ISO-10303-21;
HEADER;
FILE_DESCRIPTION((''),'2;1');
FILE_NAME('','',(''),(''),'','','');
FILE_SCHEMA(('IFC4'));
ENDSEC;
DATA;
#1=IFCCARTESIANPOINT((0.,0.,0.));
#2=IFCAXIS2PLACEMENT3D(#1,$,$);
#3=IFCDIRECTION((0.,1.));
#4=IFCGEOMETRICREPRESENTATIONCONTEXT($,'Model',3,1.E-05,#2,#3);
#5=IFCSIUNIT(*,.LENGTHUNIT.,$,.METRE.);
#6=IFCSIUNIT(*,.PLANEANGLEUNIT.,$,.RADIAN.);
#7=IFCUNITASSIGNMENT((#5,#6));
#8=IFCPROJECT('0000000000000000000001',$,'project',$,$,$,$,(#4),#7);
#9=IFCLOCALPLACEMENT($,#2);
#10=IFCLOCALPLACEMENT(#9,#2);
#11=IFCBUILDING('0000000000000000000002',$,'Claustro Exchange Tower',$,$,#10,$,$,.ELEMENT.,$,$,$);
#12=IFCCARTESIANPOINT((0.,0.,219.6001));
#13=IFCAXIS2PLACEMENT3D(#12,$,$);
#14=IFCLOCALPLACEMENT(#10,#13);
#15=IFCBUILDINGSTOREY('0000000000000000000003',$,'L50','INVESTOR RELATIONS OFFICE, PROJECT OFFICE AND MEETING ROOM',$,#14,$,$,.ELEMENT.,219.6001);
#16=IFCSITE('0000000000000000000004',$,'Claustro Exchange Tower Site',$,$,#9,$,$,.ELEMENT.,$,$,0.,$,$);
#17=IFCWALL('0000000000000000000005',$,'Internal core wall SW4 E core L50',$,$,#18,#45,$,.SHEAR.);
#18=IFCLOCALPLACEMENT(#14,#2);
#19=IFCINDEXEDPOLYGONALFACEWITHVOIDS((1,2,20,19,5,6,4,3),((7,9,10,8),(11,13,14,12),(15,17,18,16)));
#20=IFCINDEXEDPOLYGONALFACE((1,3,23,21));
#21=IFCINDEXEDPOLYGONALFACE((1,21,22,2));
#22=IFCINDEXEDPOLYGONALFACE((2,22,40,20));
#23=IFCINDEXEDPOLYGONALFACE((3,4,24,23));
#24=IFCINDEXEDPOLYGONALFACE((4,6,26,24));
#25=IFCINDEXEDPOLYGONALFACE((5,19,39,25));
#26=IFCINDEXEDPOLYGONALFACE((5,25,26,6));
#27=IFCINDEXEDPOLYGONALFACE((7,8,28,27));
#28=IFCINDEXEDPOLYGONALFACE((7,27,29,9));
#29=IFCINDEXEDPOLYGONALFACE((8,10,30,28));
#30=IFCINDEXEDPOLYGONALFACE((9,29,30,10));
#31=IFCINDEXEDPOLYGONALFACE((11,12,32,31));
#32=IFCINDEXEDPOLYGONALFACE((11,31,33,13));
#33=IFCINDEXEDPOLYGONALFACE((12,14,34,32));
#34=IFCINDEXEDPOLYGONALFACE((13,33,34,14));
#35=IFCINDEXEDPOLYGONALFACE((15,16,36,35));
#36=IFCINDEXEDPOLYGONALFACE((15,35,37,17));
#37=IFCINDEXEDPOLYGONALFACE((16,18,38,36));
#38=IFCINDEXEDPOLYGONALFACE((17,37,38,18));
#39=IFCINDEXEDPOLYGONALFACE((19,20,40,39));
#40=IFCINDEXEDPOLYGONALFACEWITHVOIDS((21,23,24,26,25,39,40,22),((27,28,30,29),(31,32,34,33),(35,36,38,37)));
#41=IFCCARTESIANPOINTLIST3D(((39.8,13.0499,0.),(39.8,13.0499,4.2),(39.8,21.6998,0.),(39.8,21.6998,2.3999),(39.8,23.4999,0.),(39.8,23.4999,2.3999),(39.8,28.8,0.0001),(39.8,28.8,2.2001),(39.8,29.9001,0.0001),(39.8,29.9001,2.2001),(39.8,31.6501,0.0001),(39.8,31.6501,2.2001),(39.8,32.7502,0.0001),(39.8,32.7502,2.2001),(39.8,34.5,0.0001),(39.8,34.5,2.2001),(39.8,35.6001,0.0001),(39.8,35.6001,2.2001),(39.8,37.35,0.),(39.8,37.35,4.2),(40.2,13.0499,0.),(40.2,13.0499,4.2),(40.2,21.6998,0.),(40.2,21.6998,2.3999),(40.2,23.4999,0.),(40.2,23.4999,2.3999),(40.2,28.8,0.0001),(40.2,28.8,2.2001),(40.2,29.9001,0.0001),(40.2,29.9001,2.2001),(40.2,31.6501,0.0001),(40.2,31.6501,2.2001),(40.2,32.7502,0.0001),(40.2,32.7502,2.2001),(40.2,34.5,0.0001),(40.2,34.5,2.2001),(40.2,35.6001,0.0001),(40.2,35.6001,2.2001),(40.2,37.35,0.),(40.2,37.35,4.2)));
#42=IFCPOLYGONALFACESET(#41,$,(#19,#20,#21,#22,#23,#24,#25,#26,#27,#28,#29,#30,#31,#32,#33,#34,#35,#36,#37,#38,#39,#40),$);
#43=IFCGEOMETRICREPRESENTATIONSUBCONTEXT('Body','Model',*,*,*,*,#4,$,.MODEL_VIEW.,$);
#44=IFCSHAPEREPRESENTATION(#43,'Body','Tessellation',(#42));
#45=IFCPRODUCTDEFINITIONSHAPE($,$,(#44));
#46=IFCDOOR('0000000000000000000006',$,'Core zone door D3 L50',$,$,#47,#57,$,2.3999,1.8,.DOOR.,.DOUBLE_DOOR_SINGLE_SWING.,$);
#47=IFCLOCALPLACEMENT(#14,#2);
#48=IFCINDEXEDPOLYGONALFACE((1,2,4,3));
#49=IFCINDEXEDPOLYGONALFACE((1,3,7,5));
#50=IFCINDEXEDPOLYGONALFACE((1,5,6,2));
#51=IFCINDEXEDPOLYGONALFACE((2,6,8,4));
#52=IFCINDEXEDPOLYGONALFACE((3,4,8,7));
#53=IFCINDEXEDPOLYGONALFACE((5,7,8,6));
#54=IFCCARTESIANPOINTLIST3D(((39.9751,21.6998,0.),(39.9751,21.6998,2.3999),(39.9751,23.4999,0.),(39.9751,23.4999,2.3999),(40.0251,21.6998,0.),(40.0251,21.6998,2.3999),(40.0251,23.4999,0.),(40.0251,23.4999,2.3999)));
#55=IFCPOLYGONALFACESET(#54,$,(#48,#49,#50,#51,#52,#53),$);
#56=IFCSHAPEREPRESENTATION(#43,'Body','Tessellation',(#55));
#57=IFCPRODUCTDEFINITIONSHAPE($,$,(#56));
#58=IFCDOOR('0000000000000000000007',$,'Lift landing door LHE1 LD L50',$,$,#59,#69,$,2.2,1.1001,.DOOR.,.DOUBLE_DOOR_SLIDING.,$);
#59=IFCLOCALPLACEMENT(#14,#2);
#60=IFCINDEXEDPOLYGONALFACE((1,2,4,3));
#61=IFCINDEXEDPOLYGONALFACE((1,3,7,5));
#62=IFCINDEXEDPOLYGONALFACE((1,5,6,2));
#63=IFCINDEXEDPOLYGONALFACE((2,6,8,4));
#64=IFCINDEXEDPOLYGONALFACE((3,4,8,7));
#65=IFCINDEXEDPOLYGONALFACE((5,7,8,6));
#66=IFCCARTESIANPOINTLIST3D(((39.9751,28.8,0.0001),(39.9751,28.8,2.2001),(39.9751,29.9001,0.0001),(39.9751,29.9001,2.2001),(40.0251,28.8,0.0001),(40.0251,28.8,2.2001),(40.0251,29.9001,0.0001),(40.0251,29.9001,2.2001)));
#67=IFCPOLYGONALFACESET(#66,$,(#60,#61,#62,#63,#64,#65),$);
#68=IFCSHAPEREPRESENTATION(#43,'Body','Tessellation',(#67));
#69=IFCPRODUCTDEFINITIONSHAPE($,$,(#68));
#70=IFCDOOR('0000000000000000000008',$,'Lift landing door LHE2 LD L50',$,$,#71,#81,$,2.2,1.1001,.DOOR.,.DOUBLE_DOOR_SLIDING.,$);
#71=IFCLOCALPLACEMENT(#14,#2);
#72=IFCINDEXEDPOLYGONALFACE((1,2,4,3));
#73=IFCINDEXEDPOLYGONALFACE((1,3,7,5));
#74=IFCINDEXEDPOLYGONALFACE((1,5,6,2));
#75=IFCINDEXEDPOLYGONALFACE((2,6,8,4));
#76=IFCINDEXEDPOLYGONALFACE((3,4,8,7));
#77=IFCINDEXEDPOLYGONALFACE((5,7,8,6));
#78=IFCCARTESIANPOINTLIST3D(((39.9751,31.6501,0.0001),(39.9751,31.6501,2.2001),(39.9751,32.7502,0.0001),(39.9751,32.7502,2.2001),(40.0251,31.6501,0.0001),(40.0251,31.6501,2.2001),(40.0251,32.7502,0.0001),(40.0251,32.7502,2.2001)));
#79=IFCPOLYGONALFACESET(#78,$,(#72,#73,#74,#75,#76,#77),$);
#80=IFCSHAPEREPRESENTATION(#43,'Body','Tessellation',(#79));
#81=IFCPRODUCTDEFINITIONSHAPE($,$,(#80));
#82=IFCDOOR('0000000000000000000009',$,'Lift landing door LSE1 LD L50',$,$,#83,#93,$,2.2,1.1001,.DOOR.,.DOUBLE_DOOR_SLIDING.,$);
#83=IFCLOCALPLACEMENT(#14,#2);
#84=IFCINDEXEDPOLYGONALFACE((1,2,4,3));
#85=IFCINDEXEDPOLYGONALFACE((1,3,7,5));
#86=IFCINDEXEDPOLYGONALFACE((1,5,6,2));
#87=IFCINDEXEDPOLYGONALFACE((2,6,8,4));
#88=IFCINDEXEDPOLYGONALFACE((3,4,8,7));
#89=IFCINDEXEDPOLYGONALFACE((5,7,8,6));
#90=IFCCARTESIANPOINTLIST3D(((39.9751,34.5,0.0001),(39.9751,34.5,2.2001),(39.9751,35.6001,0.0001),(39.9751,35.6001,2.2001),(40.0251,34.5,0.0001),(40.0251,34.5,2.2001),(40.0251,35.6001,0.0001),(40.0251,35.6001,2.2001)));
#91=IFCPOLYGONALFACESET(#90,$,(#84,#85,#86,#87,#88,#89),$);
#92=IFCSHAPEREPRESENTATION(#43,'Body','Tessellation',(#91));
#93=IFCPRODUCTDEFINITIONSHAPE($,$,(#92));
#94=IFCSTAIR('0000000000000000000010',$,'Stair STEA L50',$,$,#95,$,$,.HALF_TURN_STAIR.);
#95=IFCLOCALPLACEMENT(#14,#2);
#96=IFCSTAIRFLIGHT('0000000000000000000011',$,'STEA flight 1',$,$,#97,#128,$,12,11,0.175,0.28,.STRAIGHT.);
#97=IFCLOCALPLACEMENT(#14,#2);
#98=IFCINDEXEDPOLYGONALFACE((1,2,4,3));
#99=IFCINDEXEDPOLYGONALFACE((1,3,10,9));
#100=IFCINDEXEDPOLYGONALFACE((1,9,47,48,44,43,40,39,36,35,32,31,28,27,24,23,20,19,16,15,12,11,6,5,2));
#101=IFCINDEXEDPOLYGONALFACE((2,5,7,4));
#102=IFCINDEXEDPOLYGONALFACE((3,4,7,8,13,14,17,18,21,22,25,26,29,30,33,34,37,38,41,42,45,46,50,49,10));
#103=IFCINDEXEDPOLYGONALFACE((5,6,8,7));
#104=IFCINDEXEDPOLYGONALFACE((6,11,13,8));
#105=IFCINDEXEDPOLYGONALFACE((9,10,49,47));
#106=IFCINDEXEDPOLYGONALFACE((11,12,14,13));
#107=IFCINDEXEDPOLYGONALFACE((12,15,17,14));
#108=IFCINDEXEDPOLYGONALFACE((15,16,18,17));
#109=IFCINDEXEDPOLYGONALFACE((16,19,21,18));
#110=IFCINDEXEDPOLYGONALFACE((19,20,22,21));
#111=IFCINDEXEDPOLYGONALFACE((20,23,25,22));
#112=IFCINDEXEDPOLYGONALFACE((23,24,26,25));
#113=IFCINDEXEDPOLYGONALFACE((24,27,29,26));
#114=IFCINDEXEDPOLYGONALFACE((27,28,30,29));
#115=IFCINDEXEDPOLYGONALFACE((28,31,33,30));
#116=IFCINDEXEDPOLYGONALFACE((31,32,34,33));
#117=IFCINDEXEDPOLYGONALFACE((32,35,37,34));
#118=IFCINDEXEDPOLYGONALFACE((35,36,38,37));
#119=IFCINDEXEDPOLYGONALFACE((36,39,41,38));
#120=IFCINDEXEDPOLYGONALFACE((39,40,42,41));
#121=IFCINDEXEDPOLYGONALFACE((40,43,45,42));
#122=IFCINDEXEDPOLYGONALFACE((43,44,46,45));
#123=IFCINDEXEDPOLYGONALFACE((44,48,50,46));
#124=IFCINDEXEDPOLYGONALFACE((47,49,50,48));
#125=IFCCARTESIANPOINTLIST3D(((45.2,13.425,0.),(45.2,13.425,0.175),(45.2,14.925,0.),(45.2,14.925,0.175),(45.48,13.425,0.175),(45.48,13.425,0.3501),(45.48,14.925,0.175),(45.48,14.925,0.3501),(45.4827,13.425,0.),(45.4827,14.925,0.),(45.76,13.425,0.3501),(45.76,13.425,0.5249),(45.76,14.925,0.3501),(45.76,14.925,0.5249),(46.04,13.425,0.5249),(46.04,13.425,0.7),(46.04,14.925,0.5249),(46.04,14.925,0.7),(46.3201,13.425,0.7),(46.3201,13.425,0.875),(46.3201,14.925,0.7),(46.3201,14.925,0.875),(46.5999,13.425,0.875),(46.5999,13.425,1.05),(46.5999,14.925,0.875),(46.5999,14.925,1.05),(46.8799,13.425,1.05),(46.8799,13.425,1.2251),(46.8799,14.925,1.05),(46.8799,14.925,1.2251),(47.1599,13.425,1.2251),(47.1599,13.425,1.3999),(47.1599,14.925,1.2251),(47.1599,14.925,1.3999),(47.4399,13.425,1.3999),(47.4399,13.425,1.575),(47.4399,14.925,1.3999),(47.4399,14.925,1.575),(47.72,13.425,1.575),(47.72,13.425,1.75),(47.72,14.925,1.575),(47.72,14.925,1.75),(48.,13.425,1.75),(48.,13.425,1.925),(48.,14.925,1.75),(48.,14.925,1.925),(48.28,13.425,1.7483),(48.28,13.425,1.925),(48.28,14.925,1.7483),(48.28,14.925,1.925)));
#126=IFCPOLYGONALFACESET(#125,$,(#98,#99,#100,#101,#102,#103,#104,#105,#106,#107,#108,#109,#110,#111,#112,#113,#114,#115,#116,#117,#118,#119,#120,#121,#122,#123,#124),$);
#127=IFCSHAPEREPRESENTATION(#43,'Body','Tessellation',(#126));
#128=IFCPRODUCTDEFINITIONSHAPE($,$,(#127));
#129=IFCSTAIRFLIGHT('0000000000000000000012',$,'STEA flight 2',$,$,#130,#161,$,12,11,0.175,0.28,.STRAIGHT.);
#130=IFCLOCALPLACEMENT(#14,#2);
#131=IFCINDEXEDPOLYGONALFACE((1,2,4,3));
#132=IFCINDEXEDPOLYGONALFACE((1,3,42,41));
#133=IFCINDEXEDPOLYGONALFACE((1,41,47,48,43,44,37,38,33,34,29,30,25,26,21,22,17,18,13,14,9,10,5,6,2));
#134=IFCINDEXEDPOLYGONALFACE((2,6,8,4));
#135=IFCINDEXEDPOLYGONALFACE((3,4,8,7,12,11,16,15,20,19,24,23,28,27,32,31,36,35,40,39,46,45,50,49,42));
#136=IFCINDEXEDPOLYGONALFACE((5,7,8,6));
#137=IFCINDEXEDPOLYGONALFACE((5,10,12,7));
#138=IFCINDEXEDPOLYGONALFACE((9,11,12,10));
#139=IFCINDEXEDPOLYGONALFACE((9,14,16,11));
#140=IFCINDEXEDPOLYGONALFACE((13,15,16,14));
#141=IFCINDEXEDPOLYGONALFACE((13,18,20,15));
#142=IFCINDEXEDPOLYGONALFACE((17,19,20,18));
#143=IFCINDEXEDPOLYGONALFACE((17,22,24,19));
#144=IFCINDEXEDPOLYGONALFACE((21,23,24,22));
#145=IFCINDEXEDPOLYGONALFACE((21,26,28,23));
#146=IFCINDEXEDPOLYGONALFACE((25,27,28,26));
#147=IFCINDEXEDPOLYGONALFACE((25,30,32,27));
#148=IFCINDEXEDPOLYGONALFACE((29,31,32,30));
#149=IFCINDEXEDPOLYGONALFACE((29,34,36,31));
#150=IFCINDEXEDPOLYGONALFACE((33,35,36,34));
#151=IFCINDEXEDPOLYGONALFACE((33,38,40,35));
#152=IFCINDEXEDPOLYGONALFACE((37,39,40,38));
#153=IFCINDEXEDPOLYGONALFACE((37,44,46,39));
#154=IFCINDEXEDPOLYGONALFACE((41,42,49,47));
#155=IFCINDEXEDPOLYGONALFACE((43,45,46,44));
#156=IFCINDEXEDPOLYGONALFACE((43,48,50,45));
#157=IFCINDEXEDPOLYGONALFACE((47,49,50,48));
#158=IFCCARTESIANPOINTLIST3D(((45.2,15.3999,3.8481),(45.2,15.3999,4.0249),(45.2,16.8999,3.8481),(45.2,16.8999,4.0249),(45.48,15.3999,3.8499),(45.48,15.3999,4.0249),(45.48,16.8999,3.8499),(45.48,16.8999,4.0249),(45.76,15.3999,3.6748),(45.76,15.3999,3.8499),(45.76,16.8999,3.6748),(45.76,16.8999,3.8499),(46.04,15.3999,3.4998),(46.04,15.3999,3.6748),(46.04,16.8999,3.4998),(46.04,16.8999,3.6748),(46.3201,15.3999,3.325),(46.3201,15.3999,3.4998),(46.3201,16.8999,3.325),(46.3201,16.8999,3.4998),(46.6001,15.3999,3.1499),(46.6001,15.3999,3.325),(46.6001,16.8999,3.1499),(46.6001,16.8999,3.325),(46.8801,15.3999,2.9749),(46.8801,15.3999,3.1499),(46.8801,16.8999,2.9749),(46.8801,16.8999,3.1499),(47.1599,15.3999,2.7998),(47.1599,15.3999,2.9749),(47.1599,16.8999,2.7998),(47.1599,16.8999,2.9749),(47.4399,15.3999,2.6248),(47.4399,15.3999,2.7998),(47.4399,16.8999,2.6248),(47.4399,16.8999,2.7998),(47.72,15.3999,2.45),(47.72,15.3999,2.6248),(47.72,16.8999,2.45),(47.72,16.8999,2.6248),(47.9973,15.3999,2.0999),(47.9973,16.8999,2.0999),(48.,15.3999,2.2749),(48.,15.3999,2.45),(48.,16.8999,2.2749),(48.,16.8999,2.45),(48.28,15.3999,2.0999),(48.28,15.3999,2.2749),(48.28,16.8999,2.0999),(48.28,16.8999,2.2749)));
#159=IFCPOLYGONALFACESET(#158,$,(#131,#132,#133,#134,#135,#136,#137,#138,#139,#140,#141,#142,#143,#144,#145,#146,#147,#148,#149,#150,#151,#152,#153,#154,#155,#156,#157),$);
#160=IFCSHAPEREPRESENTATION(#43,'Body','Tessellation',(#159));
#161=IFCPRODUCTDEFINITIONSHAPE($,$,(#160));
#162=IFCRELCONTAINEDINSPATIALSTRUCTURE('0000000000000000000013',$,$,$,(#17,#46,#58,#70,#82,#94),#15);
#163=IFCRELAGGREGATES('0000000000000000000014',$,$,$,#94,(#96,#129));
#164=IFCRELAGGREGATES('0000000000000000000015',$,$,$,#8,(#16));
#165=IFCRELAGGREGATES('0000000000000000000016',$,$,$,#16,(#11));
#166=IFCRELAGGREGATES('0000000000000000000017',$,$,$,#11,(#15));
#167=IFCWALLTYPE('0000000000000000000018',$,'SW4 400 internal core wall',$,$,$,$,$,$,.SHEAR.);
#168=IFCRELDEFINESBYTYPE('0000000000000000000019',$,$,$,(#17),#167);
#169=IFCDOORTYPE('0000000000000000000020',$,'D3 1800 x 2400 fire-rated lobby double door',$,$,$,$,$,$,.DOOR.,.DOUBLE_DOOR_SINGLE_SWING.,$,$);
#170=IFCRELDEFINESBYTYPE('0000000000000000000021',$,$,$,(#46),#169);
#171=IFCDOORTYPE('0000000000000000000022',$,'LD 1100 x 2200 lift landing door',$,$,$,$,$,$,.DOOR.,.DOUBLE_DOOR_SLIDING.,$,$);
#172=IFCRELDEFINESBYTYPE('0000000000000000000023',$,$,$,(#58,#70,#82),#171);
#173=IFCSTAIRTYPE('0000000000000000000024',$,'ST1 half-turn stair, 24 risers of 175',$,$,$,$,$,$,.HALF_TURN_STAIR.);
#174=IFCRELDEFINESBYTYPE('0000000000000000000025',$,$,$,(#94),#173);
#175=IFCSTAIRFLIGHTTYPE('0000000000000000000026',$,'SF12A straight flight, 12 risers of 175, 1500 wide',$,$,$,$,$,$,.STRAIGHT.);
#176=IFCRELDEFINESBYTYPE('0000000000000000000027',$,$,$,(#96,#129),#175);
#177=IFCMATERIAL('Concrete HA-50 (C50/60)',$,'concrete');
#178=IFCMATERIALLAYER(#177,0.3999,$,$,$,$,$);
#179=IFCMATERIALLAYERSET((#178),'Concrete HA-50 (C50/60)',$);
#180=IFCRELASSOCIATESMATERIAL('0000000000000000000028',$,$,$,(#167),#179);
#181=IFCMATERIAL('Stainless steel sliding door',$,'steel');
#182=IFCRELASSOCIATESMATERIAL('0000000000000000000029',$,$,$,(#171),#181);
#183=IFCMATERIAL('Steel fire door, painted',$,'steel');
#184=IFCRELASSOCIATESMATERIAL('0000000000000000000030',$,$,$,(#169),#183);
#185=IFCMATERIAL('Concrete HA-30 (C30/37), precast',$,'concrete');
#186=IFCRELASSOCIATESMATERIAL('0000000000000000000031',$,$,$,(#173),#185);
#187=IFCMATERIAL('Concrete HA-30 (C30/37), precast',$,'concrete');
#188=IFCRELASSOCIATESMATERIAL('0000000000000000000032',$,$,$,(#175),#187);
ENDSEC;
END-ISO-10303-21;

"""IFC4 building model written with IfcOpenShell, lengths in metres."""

from ifc_helpers import new_model, si_unit, direction, frame, frame_2d, origin, place, context, subcontext, project, spatial, polyline, rectangle, outline, extrude, material, layer, layer_set, type_object, element, fill, aggregate, save


model = new_model("IFC4")

# Units and contexts
model_context = context("Model", 3, precision=1e-05, world=origin(), true_north=direction((0.0, 1.0)))
body_context = subcontext(model_context, "Body", "Model", "MODEL_VIEW")
ifc_project = project(units=[si_unit("LENGTHUNIT", "METRE"), si_unit("PLANEANGLEUNIT", "RADIAN")], contexts=[model_context])

# Site, building, storey
site_placement = place(None, origin())
site = spatial("IfcSite", under=ifc_project, at=site_placement, Name="Claustro Exchange Tower Site", CompositionType="ELEMENT", RefElevation=0.0)
building_placement = place(site_placement, origin())
building = spatial("IfcBuilding", under=site, at=building_placement, Name="Claustro Exchange Tower", CompositionType="ELEMENT")
storey_placement = place(building_placement, frame((0.0, 0.0, 219.6001)))
storey = spatial("IfcBuildingStorey", under=building, at=storey_placement, Name="L50", Description="INVESTOR RELATIONS OFFICE, PROJECT OFFICE AND MEETING ROOM", CompositionType="ELEMENT", Elevation=219.6001)

# Wall, openings, doors
ifc_material_1 = material(Name="Concrete HA-50 (C50/60)", Category="concrete")
ifc_layer_1 = layer(ifc_material_1, 0.3999)
ifc_layer_set_1 = layer_set([ifc_layer_1], Name="Concrete HA-50 (C50/60)")
wall_type_1 = type_object("IfcWallType", Name="SW4 400 internal core wall", PredefinedType="SHEAR", material=ifc_layer_set_1)
ifc_material_2 = material(Name="Stainless steel sliding door", Category="steel")
door_type_1 = type_object("IfcDoorType", Name="LD 1100 x 2200 lift landing door", OperationType="DOUBLE_DOOR_SLIDING", PredefinedType="DOOR", material=ifc_material_2)
wall_1_placement = place(storey_placement, frame((40.0, 13.05, 0.0), z_axis=(0.0, 0.0, 1.0), x_axis=(0.0, 1.0, 0.0)))
wall_1 = element("IfcWall", 1, at=wall_1_placement, inside=storey, type_object=wall_type_1, Name="Internal core wall SW4 E core L50", PredefinedType="SHEAR", context=body_context, shape_type="SweptSolid", body=[
    extrude(rectangle(XDim=24.3, YDim=0.3999, at=frame_2d((12.1499, 0.0))), origin(), (0.0, 0.0, 1.0), 4.2),
])
opening_1_placement = place(wall_1_placement, frame((15.75, 0.0, 0.0)))
opening_1 = element("IfcOpeningElement", 2, at=opening_1_placement, cuts=wall_1, PredefinedType="OPENING", context=body_context, shape_type="SweptSolid", body=[
    extrude(rectangle(XDim=1.1001, YDim=2.2, at=frame_2d((0.55, 1.1001))), frame((0.0, 0.21, 0.0), z_axis=(0.0, -1.0, 0.0), x_axis=(1.0, 0.0, 0.0)), (0.0, 0.0, 1.0), 0.4199),
])
opening_2_placement = place(wall_1_placement, frame((18.6001, 0.0, 0.0)))
opening_2 = element("IfcOpeningElement", 3, at=opening_2_placement, cuts=wall_1, PredefinedType="OPENING", context=body_context, shape_type="SweptSolid", body=[
    extrude(rectangle(XDim=1.1001, YDim=2.2, at=frame_2d((0.55, 1.1001))), frame((0.0, 0.21, 0.0), z_axis=(0.0, -1.0, 0.0), x_axis=(1.0, 0.0, 0.0)), (0.0, 0.0, 1.0), 0.4199),
])
opening_3_placement = place(wall_1_placement, frame((21.45, 0.0, 0.0)))
opening_3 = element("IfcOpeningElement", 4, at=opening_3_placement, cuts=wall_1, PredefinedType="OPENING", context=body_context, shape_type="SweptSolid", body=[
    extrude(rectangle(XDim=1.1001, YDim=2.2, at=frame_2d((0.55, 1.1001))), frame((0.0, 0.21, 0.0), z_axis=(0.0, -1.0, 0.0), x_axis=(1.0, 0.0, 0.0)), (0.0, 0.0, 1.0), 0.4199),
])
opening_4_placement = place(wall_1_placement, frame((8.6499, 0.0, 0.0)))
opening_4 = element("IfcOpeningElement", 5, at=opening_4_placement, cuts=wall_1, PredefinedType="OPENING", context=body_context, shape_type="SweptSolid", body=[
    extrude(rectangle(XDim=1.8, YDim=2.3999, at=frame_2d((0.8999, 1.2))), frame((0.0, 0.21, 0.0), z_axis=(0.0, -1.0, 0.0), x_axis=(1.0, 0.0, 0.0)), (0.0, 0.0, 1.0), 0.4199),
])
ifc_material_3 = material(Name="Steel fire door, painted", Category="steel")
door_type_2 = type_object("IfcDoorType", Name="D3 1800 x 2400 fire-rated lobby double door", OperationType="DOUBLE_DOOR_SINGLE_SWING", PredefinedType="DOOR", material=ifc_material_3)
door_1_placement = place(opening_4_placement, origin())
door_1 = element("IfcDoor", 6, at=door_1_placement, inside=storey, type_object=door_type_2, Name="Core zone door D3 L50", OperationType="DOUBLE_DOOR_SINGLE_SWING", OverallHeight=2.3999, OverallWidth=1.8, PredefinedType="DOOR", context=body_context, shape_type="SweptSolid", body=[
    extrude(rectangle(XDim=1.8, YDim=2.3999, at=frame_2d((0.8999, 1.2))), frame((0.0, 0.0249, 0.0), z_axis=(0.0, -1.0, 0.0), x_axis=(1.0, 0.0, 0.0)), (0.0, 0.0, 1.0), 0.05),
])
fill(opening_4, door_1)
door_2_placement = place(opening_1_placement, origin())
door_2 = element("IfcDoor", 7, at=door_2_placement, inside=storey, type_object=door_type_1, Name="Lift landing door LHE1 LD L50", OperationType="DOUBLE_DOOR_SLIDING", OverallHeight=2.2, OverallWidth=1.1001, PredefinedType="DOOR", context=body_context, shape_type="SweptSolid", body=[
    extrude(rectangle(XDim=1.1001, YDim=2.2, at=frame_2d((0.55, 1.1001))), frame((0.0, 0.0249, 0.0), z_axis=(0.0, -1.0, 0.0), x_axis=(1.0, 0.0, 0.0)), (0.0, 0.0, 1.0), 0.05),
])
fill(opening_1, door_2)
door_3_placement = place(opening_2_placement, origin())
door_3 = element("IfcDoor", 8, at=door_3_placement, inside=storey, type_object=door_type_1, Name="Lift landing door LHE2 LD L50", OperationType="DOUBLE_DOOR_SLIDING", OverallHeight=2.2, OverallWidth=1.1001, PredefinedType="DOOR", context=body_context, shape_type="SweptSolid", body=[
    extrude(rectangle(XDim=1.1001, YDim=2.2, at=frame_2d((0.55, 1.1001))), frame((0.0, 0.0249, 0.0), z_axis=(0.0, -1.0, 0.0), x_axis=(1.0, 0.0, 0.0)), (0.0, 0.0, 1.0), 0.05),
])
fill(opening_2, door_3)
door_4_placement = place(opening_3_placement, origin())
door_4 = element("IfcDoor", 9, at=door_4_placement, inside=storey, type_object=door_type_1, Name="Lift landing door LSE1 LD L50", OperationType="DOUBLE_DOOR_SLIDING", OverallHeight=2.2, OverallWidth=1.1001, PredefinedType="DOOR", context=body_context, shape_type="SweptSolid", body=[
    extrude(rectangle(XDim=1.1001, YDim=2.2, at=frame_2d((0.55, 1.1001))), frame((0.0, 0.0249, 0.0), z_axis=(0.0, -1.0, 0.0), x_axis=(1.0, 0.0, 0.0)), (0.0, 0.0, 1.0), 0.05),
])
fill(opening_3, door_4)

# Stair, stair flights
ifc_material_4 = material(Name="Concrete HA-30 (C30/37), precast", Category="concrete")
stair_type = type_object("IfcStairType", Name="ST1 half-turn stair, 24 risers of 175", PredefinedType="HALF_TURN_STAIR", material=ifc_material_4)
stair_placement = place(storey_placement, origin())
stair = element("IfcStair", 10, at=stair_placement, inside=storey, type_object=stair_type, Name="Stair STEA L50", PredefinedType="HALF_TURN_STAIR")
ifc_material_5 = material(Name="Concrete HA-30 (C30/37), precast", Category="concrete")
stair_flight_type = type_object("IfcStairFlightType", Name="SF12A straight flight, 12 risers of 175, 1500 wide", PredefinedType="STRAIGHT", material=ifc_material_5)
stair_flight_1_placement = place(storey_placement, frame((45.2, 14.175, 0.0), z_axis=(0.0, 0.0, 1.0), x_axis=(1.0, 0.0, 0.0)))
stair_flight_1 = element("IfcStairFlight", 11, at=stair_flight_1_placement, type_object=stair_flight_type, Name="STEA flight 1", NumberOfRisers=12, NumberOfTreads=11, PredefinedType="STRAIGHT", RiserHeight=0.175, TreadLength=0.28, context=body_context, shape_type="SweptSolid", body=[
    extrude(outline(polyline([(0.0, 0.0), (0.0, 0.175), (0.28, 0.175), (0.28, 0.3501), (0.5601, 0.3501), (0.5601, 0.5249), (0.8401, 0.5249), (0.8401, 0.7), (1.1201, 0.7), (1.1201, 0.875), (1.3999, 0.875), (1.3999, 1.05), (1.6799, 1.05), (1.6799, 1.2251), (1.96, 1.2251), (1.96, 1.3999), (2.24, 1.3999), (2.24, 1.575), (2.52, 1.575), (2.52, 1.75), (2.8, 1.75), (2.8, 1.925), (3.0801, 1.925), (3.0801, 2.1001), (3.0801, 1.7483), (0.2827, 0.0), (0.0, 0.0)])), frame((0.0, 0.75, 0.0), z_axis=(0.0, -1.0, 0.0), x_axis=(1.0, 0.0, 0.0)), (0.0, 0.0, 1.0), 1.5),
])
stair_flight_2_placement = place(storey_placement, frame((48.28, 16.1499, 2.0999), z_axis=(0.0, 0.0, 1.0), x_axis=(-1.0, 0.0, 0.0)))
stair_flight_2 = element("IfcStairFlight", 12, at=stair_flight_2_placement, type_object=stair_flight_type, Name="STEA flight 2", NumberOfRisers=12, NumberOfTreads=11, PredefinedType="STRAIGHT", RiserHeight=0.175, TreadLength=0.28, context=body_context, shape_type="SweptSolid", body=[
    extrude(outline(polyline([(0.0, 0.0), (0.0, 0.175), (0.28, 0.175), (0.28, 0.3501), (0.5601, 0.3501), (0.5601, 0.5249), (0.8401, 0.5249), (0.8401, 0.7), (1.1201, 0.7), (1.1201, 0.875), (1.3999, 0.875), (1.3999, 1.05), (1.6799, 1.05), (1.6799, 1.2251), (1.96, 1.2251), (1.96, 1.3999), (2.24, 1.3999), (2.24, 1.575), (2.52, 1.575), (2.52, 1.75), (2.8, 1.75), (2.8, 1.925), (3.0801, 1.925), (3.0801, 2.1001), (3.0801, 1.7483), (0.2827, 0.0), (0.0, 0.0)])), frame((0.0, 0.75, 0.0), z_axis=(0.0, -1.0, 0.0), x_axis=(1.0, 0.0, 0.0)), (0.0, 0.0, 1.0), 1.5),
])
aggregate(stair, [stair_flight_1, stair_flight_2])

save(model, "model.ifc")
